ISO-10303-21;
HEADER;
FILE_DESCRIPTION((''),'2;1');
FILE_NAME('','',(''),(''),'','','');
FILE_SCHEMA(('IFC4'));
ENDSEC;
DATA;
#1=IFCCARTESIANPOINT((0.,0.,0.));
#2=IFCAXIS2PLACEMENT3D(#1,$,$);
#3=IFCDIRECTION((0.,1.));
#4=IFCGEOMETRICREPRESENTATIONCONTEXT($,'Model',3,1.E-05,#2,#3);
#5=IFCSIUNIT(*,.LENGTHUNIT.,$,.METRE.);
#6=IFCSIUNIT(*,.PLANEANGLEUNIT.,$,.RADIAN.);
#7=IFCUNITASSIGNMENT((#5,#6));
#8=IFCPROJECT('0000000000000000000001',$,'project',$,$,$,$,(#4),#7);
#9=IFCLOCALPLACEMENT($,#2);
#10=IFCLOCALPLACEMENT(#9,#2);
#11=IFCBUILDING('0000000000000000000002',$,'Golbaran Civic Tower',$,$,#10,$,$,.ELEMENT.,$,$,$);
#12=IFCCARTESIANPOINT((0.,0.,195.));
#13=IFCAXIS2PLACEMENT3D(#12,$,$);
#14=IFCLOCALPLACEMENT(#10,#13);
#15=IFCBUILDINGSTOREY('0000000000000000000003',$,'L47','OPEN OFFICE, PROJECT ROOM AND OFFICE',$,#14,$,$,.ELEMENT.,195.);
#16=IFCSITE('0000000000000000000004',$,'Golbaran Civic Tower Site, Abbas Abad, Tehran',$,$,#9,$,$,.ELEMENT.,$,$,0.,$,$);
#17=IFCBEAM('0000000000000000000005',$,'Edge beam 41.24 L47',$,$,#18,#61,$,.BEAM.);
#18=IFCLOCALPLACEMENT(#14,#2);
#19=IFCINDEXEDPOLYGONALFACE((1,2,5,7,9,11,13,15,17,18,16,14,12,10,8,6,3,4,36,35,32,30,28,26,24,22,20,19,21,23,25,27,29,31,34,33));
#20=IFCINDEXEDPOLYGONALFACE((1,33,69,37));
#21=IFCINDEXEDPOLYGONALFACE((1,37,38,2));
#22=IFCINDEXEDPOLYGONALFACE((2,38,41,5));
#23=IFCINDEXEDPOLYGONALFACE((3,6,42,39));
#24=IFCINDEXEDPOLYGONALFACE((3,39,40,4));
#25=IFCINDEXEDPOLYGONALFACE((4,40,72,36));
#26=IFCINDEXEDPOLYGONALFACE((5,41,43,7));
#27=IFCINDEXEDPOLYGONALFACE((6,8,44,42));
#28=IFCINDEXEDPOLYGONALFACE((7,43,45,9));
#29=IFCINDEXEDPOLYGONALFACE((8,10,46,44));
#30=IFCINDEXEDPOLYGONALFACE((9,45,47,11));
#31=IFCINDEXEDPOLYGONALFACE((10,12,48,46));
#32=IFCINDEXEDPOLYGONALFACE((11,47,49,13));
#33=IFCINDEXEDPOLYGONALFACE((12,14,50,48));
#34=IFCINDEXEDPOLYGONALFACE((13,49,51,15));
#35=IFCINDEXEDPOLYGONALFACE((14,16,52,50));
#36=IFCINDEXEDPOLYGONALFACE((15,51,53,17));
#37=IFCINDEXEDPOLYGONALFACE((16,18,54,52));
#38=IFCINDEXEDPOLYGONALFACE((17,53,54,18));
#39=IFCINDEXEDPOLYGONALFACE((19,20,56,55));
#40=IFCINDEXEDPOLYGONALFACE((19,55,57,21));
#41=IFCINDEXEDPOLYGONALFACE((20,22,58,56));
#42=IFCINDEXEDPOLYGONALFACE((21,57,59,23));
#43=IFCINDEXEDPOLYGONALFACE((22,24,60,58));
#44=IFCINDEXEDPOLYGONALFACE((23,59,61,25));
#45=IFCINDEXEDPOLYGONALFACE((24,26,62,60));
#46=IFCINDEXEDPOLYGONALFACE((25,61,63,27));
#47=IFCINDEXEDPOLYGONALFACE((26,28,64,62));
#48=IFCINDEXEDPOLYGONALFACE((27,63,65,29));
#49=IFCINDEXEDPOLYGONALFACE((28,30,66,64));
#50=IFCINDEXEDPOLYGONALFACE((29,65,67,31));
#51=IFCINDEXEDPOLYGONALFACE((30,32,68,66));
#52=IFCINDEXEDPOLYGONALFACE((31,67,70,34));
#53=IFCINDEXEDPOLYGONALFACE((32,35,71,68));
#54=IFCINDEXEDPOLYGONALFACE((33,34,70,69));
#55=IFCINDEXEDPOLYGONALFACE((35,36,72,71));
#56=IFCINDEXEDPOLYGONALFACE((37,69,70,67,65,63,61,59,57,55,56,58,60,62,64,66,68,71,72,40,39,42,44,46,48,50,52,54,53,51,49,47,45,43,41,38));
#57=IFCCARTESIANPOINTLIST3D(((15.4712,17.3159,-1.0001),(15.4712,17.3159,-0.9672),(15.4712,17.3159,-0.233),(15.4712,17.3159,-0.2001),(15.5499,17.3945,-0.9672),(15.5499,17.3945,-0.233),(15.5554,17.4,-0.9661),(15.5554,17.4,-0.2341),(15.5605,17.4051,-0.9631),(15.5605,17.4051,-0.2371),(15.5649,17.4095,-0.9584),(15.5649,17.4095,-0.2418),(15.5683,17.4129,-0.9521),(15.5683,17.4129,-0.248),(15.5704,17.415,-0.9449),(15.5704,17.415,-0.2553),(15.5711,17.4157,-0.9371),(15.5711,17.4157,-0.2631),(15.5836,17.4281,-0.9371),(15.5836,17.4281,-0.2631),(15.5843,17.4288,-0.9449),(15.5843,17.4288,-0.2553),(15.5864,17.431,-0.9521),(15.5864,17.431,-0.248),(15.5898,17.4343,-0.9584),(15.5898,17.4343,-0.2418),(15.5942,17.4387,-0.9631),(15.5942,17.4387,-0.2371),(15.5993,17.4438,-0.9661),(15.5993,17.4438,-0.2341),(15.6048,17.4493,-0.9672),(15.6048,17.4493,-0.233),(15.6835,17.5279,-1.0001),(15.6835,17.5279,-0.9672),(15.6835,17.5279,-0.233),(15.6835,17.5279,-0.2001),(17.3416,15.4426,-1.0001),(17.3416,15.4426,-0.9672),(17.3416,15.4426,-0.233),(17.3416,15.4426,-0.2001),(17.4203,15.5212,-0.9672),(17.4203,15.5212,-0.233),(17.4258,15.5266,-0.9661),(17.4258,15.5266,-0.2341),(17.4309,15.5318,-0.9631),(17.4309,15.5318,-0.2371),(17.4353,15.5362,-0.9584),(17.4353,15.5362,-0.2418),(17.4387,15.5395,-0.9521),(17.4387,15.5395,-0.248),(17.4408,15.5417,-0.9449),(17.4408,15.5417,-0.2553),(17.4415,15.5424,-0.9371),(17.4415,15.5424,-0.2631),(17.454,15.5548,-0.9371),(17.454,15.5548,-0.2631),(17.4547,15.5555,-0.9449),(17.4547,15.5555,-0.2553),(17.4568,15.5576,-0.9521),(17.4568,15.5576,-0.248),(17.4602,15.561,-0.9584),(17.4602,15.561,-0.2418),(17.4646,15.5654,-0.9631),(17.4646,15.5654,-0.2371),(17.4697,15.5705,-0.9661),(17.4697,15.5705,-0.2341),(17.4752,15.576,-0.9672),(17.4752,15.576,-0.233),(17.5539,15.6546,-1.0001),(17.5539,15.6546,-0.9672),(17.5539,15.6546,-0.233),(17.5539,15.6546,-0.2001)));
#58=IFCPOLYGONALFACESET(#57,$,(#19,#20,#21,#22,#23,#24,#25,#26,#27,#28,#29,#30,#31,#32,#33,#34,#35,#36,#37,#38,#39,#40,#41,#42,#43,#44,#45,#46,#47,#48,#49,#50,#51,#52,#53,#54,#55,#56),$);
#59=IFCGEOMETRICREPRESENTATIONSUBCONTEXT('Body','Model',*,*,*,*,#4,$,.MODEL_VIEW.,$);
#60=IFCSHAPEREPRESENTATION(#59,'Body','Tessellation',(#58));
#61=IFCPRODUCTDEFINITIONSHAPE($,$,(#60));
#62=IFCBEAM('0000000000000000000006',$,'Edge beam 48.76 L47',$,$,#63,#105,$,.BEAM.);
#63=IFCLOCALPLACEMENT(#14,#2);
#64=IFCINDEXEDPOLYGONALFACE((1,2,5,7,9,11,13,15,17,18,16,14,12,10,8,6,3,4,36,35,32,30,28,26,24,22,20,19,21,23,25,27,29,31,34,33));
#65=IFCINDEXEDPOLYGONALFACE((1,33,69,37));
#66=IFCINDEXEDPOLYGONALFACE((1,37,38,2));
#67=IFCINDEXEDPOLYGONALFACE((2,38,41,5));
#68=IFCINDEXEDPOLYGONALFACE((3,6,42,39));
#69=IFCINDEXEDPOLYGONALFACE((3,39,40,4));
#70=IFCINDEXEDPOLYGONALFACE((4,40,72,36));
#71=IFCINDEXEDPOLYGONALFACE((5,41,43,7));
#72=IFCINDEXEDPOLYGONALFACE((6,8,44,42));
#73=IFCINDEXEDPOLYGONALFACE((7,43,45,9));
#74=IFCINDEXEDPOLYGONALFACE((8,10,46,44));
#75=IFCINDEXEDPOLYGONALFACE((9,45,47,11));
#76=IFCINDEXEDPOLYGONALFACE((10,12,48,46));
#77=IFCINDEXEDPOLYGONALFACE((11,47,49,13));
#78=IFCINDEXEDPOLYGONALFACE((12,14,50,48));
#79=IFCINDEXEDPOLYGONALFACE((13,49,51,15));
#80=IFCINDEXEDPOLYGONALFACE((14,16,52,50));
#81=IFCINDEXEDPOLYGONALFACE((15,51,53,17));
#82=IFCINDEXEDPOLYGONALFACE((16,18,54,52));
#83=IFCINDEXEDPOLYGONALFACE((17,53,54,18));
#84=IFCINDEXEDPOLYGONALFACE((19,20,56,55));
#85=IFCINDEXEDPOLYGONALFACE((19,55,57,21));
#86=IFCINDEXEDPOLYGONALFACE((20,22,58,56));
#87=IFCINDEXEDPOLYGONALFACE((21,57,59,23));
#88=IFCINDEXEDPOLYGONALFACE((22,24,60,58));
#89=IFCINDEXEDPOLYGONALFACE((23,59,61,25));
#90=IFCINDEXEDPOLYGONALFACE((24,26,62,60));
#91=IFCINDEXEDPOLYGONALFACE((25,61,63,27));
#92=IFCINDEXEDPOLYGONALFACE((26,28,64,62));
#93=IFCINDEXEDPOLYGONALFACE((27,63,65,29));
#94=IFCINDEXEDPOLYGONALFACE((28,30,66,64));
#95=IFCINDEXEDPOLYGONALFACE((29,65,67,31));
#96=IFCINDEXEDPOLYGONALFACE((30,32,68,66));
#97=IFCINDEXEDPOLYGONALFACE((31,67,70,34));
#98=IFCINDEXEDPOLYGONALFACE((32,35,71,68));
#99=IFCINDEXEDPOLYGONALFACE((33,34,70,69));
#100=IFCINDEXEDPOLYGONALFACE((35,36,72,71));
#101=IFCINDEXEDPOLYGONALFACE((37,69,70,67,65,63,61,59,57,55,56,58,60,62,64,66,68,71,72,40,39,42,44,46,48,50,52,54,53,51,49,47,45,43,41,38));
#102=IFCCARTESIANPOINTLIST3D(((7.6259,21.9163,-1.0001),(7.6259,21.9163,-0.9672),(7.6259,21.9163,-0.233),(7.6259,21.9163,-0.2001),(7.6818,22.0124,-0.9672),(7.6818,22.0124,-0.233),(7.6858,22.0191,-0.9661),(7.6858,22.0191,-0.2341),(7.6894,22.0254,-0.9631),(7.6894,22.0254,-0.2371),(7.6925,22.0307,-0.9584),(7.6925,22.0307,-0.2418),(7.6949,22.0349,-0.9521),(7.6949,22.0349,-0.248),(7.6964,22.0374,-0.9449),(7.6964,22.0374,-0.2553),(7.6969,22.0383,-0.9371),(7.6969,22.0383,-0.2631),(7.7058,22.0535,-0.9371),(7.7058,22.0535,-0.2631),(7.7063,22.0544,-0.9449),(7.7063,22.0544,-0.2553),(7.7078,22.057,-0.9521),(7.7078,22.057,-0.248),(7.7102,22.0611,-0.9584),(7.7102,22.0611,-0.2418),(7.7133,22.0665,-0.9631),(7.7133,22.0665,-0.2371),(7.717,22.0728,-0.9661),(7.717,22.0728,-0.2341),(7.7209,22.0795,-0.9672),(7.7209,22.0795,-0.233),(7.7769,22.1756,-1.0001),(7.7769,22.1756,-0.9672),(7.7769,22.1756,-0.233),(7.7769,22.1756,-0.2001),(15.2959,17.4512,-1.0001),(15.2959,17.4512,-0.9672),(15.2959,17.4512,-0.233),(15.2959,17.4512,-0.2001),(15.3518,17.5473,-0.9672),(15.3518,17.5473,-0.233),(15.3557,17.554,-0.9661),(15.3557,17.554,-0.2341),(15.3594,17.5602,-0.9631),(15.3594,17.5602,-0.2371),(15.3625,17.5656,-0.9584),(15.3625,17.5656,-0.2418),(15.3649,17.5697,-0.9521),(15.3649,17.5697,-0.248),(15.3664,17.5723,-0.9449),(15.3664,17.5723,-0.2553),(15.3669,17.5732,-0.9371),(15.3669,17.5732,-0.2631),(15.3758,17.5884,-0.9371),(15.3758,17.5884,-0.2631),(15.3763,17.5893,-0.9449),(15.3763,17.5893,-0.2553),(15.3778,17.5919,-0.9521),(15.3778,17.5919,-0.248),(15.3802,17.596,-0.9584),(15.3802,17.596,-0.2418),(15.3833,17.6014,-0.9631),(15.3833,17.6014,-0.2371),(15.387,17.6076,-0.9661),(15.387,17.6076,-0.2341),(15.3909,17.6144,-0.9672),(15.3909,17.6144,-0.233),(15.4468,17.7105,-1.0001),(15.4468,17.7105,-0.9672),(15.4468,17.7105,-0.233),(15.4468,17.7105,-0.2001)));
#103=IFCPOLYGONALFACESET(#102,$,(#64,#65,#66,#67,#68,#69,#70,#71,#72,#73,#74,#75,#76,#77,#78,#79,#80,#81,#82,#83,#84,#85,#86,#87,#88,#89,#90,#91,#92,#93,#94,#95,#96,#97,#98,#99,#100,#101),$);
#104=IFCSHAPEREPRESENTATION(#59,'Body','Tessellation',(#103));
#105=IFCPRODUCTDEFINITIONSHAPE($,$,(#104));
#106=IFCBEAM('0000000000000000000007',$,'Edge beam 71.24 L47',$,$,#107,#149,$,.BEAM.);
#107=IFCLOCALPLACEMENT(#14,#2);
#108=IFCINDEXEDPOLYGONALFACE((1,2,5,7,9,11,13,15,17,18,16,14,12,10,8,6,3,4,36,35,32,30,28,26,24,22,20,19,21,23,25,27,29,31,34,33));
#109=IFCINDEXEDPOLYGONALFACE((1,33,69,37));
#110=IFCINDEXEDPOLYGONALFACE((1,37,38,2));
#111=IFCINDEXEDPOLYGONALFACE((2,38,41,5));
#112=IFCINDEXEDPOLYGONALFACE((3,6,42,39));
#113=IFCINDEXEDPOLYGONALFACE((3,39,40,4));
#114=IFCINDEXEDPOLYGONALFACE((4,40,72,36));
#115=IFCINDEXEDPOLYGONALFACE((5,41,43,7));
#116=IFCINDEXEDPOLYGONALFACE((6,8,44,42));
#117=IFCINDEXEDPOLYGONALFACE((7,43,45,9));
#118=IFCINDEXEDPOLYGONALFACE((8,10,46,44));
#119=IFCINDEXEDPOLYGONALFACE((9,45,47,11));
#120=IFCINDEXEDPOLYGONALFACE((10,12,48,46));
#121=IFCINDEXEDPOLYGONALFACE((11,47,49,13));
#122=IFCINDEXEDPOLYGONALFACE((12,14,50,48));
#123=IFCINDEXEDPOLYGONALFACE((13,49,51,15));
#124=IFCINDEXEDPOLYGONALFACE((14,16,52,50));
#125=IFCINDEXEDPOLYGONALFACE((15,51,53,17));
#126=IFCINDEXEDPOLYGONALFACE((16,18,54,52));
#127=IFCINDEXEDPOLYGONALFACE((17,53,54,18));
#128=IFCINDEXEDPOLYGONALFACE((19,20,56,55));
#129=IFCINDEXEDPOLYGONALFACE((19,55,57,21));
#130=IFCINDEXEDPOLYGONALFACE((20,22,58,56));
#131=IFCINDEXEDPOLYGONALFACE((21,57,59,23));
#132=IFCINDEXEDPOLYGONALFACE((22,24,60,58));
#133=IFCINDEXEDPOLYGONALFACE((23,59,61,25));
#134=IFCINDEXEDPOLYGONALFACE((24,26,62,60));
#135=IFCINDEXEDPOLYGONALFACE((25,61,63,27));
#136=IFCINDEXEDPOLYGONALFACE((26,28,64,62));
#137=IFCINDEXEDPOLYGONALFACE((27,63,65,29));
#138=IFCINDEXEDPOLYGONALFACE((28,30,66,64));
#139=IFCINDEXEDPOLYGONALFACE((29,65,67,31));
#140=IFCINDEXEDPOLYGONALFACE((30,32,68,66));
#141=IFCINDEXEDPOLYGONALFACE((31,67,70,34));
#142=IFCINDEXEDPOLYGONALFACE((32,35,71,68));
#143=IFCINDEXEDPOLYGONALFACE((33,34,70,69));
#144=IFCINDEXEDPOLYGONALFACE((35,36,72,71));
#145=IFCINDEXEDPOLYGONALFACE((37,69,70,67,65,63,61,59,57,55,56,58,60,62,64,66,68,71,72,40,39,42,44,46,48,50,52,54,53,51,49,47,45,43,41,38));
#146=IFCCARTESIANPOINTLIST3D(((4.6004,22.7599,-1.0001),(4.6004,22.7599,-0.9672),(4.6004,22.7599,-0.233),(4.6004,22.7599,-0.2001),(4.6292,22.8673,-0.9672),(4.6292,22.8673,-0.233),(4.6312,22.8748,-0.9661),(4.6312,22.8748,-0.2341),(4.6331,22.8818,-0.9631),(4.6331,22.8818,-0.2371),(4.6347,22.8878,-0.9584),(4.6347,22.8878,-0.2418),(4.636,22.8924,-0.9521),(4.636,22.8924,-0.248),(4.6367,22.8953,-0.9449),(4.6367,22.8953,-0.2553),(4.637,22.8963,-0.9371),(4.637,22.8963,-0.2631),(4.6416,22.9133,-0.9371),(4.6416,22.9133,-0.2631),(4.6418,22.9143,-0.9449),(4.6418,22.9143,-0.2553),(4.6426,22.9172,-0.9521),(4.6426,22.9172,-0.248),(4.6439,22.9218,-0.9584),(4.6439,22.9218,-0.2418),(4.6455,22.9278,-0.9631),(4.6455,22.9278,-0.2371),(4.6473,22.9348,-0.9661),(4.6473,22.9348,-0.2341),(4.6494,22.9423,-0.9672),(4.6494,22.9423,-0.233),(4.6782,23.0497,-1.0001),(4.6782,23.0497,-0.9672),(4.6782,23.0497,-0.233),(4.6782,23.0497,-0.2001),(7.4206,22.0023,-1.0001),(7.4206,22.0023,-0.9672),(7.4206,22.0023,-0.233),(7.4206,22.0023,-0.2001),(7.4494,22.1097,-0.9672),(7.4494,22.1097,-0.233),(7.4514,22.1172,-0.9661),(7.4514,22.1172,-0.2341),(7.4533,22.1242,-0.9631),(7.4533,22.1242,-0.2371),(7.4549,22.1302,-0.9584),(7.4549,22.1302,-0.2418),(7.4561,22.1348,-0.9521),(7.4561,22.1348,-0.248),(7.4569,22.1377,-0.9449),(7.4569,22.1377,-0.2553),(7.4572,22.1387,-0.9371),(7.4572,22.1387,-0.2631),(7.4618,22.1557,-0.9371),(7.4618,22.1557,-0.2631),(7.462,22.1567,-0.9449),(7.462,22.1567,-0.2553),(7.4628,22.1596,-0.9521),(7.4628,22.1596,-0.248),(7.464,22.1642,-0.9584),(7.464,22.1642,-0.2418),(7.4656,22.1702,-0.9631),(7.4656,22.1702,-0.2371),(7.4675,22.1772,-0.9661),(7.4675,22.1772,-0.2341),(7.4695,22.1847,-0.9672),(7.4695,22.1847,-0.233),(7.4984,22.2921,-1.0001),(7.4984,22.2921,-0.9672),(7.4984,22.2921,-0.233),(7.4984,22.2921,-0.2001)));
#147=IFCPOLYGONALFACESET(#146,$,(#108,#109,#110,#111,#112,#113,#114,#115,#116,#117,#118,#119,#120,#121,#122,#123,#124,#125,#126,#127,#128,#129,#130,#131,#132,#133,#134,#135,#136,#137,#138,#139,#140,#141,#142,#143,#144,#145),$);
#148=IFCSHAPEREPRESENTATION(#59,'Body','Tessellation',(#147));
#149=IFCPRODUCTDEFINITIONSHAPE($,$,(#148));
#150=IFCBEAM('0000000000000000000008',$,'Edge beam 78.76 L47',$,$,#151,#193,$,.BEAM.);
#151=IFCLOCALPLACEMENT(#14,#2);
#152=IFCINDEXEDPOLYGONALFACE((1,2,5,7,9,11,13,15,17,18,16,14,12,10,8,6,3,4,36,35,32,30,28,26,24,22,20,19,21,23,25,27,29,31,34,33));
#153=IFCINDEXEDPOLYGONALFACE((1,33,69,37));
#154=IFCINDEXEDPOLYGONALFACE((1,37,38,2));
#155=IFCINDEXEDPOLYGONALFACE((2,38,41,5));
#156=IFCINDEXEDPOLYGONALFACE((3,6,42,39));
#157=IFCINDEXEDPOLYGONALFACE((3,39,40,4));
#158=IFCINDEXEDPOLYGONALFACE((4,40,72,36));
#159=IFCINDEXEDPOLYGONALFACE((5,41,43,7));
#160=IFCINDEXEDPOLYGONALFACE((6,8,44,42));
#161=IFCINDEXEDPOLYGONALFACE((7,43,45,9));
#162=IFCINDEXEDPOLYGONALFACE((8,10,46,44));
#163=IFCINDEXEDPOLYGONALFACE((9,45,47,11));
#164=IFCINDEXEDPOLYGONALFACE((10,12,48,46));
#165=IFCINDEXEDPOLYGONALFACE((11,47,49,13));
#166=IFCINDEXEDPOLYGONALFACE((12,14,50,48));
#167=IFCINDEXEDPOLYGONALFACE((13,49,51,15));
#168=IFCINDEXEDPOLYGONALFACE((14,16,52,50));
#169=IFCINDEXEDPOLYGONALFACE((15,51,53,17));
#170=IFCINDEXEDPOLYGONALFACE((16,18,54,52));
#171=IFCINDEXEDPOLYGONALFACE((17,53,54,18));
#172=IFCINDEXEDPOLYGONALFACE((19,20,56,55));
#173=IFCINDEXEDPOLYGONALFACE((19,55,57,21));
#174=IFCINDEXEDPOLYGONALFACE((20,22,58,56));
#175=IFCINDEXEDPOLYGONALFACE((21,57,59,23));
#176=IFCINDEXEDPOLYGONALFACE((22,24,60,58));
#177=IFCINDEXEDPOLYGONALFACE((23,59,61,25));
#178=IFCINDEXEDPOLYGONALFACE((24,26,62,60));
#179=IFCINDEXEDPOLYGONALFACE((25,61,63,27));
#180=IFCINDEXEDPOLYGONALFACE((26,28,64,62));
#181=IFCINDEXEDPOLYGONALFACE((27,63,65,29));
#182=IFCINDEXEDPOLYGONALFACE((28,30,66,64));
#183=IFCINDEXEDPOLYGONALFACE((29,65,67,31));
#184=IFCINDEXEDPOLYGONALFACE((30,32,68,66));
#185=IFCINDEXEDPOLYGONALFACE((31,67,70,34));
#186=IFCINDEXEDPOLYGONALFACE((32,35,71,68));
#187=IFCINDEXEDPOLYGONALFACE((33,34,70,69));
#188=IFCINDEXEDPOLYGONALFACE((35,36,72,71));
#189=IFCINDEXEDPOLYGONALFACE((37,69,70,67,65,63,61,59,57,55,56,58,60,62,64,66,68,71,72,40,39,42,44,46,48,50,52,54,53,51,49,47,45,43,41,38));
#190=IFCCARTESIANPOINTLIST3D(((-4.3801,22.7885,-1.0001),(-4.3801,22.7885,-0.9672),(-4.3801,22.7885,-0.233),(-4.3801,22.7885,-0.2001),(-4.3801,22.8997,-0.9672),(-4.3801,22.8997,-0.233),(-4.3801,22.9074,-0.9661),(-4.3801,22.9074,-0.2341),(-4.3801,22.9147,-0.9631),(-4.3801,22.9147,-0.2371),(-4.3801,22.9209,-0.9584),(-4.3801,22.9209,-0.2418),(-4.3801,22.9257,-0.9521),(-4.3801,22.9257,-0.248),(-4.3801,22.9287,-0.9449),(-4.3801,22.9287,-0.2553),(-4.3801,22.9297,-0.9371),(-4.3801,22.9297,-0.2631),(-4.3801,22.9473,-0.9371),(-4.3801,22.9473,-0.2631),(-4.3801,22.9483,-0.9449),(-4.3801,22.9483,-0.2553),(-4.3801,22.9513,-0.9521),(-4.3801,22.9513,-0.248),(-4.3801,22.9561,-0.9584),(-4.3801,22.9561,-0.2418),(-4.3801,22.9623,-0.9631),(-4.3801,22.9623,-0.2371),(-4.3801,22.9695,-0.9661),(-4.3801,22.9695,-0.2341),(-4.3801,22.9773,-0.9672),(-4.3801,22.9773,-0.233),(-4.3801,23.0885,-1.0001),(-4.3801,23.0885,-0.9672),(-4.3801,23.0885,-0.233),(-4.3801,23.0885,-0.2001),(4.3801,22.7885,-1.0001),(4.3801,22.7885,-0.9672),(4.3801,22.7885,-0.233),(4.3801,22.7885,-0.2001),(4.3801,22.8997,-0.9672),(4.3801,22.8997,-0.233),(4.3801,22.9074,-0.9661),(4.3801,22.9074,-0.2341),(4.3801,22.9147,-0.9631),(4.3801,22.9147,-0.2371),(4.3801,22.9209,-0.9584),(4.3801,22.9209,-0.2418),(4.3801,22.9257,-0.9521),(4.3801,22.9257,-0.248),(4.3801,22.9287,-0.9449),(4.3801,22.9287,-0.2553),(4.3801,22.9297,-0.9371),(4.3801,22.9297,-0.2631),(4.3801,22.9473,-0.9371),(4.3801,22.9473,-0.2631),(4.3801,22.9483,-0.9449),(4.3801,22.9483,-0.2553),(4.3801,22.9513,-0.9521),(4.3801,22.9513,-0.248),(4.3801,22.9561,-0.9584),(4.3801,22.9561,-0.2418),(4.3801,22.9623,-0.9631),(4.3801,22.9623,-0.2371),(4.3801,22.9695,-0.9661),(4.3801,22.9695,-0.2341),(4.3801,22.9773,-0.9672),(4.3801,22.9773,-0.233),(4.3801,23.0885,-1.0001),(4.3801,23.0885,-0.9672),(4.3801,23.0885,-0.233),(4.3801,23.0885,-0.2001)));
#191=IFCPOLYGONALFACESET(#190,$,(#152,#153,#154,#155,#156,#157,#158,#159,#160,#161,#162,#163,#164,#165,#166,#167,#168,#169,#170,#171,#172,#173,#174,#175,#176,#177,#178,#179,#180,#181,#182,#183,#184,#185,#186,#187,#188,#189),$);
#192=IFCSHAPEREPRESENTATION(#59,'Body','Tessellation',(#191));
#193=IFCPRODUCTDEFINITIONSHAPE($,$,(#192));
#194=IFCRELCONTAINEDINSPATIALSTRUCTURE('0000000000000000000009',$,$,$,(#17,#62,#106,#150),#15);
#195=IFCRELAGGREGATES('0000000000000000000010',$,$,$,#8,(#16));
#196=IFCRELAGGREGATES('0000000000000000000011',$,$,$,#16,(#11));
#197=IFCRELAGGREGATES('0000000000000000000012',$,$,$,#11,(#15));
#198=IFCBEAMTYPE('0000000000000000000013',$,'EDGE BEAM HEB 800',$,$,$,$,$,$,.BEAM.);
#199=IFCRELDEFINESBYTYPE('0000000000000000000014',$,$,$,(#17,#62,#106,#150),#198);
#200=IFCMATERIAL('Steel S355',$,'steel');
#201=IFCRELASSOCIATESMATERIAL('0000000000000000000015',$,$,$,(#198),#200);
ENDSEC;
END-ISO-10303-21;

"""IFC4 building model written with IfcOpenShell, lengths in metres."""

from ifc_helpers import new_model, si_unit, direction, frame, origin, origin_2d, place, context, subcontext, project, spatial, i_section, extrude, material, material_profile, profile_set, type_object, element, save


model = new_model("IFC4")

# Units and contexts
model_context = context("Model", 3, precision=1e-05, world=origin(), true_north=direction((0.0, 1.0)))
body_context = subcontext(model_context, "Body", "Model", "MODEL_VIEW")
ifc_project = project(units=[si_unit("LENGTHUNIT", "METRE"), si_unit("PLANEANGLEUNIT", "RADIAN")], contexts=[model_context])

# Site, building, storey
site_placement = place(None, origin())
site = spatial("IfcSite", under=ifc_project, at=site_placement, Name="Golbaran Civic Tower Site, Abbas Abad, Tehran", CompositionType="ELEMENT", RefElevation=0.0)
building_placement = place(site_placement, origin())
building = spatial("IfcBuilding", under=site, at=building_placement, Name="Golbaran Civic Tower", CompositionType="ELEMENT")
storey_placement = place(building_placement, frame((0.0, 0.0, 195.0)))
storey = spatial("IfcBuildingStorey", under=building, at=storey_placement, Name="L47", Description="OPEN OFFICE, PROJECT ROOM AND OFFICE", CompositionType="ELEMENT", Elevation=195.0)

# Beams
ifc_material_1 = material(Name="Steel S355", Category="steel")
ifc_material_profile_1 = material_profile(ifc_material_1, i_section(OverallWidth=0.3, OverallDepth=0.8, WebThickness=0.0176, FlangeThickness=0.033, FilletRadius=0.03, at=origin_2d()), Name="HEB 800")
ifc_profile_set_1 = profile_set([ifc_material_profile_1], Name="Steel S355")
beam_type_1 = type_object("IfcBeamType", Name="EDGE BEAM HEB 800", PredefinedType="BEAM", material=ifc_profile_set_1)
beam_1_placement = place(storey_placement, frame((17.4478, 15.5486, -0.6001), z_axis=(-0.706553, 0.70766, 0.0), x_axis=(-0.70766, -0.706553, 0.0)))
element("IfcBeam", 1, at=beam_1_placement, inside=storey, type_object=beam_type_1, Name="Edge beam 41.24 L47", PredefinedType="BEAM", context=body_context, shape_type="SweptSolid", body=[
    extrude(i_section(OverallWidth=0.3, OverallDepth=0.8, WebThickness=0.0176, FlangeThickness=0.033, FilletRadius=0.03, at=origin_2d()), origin(), (0.0, 0.0, 1.0), 2.6472),
])
beam_2_placement = place(storey_placement, frame((15.3713, 17.5808, -0.6001), z_axis=(-0.864222, 0.503111, 0.0), x_axis=(-0.503111, -0.864222, 0.0)))
element("IfcBeam", 2, at=beam_2_placement, inside=storey, type_object=beam_type_1, Name="Edge beam 48.76 L47", PredefinedType="BEAM", context=body_context, shape_type="SweptSolid", body=[
    extrude(i_section(OverallWidth=0.3, OverallDepth=0.8, WebThickness=0.0176, FlangeThickness=0.033, FilletRadius=0.03, at=origin_2d()), origin(), (0.0, 0.0, 1.0), 8.875),
])
beam_3_placement = place(storey_placement, frame((7.4595, 22.1472, -0.6001), z_axis=(-0.96576, 0.259437, 0.0), x_axis=(-0.259437, -0.96576, 0.0)))
element("IfcBeam", 3, at=beam_3_placement, inside=storey, type_object=beam_type_1, Name="Edge beam 71.24 L47", PredefinedType="BEAM", context=body_context, shape_type="SweptSolid", body=[
    extrude(i_section(OverallWidth=0.3, OverallDepth=0.8, WebThickness=0.0176, FlangeThickness=0.033, FilletRadius=0.03, at=origin_2d()), origin(), (0.0, 0.0, 1.0), 2.9202),
])
beam_4_placement = place(storey_placement, frame((4.3801, 22.9385, -0.6001), z_axis=(-1.0, 0.0, 0.0), x_axis=(0.0, -1.0, 0.0)))
element("IfcBeam", 4, at=beam_4_placement, inside=storey, type_object=beam_type_1, Name="Edge beam 78.76 L47", PredefinedType="BEAM", context=body_context, shape_type="SweptSolid", body=[
    extrude(i_section(OverallWidth=0.3, OverallDepth=0.8, WebThickness=0.0176, FlangeThickness=0.033, FilletRadius=0.03, at=origin_2d()), origin(), (0.0, 0.0, 1.0), 8.7603),
])

save(model, "model.ifc")
